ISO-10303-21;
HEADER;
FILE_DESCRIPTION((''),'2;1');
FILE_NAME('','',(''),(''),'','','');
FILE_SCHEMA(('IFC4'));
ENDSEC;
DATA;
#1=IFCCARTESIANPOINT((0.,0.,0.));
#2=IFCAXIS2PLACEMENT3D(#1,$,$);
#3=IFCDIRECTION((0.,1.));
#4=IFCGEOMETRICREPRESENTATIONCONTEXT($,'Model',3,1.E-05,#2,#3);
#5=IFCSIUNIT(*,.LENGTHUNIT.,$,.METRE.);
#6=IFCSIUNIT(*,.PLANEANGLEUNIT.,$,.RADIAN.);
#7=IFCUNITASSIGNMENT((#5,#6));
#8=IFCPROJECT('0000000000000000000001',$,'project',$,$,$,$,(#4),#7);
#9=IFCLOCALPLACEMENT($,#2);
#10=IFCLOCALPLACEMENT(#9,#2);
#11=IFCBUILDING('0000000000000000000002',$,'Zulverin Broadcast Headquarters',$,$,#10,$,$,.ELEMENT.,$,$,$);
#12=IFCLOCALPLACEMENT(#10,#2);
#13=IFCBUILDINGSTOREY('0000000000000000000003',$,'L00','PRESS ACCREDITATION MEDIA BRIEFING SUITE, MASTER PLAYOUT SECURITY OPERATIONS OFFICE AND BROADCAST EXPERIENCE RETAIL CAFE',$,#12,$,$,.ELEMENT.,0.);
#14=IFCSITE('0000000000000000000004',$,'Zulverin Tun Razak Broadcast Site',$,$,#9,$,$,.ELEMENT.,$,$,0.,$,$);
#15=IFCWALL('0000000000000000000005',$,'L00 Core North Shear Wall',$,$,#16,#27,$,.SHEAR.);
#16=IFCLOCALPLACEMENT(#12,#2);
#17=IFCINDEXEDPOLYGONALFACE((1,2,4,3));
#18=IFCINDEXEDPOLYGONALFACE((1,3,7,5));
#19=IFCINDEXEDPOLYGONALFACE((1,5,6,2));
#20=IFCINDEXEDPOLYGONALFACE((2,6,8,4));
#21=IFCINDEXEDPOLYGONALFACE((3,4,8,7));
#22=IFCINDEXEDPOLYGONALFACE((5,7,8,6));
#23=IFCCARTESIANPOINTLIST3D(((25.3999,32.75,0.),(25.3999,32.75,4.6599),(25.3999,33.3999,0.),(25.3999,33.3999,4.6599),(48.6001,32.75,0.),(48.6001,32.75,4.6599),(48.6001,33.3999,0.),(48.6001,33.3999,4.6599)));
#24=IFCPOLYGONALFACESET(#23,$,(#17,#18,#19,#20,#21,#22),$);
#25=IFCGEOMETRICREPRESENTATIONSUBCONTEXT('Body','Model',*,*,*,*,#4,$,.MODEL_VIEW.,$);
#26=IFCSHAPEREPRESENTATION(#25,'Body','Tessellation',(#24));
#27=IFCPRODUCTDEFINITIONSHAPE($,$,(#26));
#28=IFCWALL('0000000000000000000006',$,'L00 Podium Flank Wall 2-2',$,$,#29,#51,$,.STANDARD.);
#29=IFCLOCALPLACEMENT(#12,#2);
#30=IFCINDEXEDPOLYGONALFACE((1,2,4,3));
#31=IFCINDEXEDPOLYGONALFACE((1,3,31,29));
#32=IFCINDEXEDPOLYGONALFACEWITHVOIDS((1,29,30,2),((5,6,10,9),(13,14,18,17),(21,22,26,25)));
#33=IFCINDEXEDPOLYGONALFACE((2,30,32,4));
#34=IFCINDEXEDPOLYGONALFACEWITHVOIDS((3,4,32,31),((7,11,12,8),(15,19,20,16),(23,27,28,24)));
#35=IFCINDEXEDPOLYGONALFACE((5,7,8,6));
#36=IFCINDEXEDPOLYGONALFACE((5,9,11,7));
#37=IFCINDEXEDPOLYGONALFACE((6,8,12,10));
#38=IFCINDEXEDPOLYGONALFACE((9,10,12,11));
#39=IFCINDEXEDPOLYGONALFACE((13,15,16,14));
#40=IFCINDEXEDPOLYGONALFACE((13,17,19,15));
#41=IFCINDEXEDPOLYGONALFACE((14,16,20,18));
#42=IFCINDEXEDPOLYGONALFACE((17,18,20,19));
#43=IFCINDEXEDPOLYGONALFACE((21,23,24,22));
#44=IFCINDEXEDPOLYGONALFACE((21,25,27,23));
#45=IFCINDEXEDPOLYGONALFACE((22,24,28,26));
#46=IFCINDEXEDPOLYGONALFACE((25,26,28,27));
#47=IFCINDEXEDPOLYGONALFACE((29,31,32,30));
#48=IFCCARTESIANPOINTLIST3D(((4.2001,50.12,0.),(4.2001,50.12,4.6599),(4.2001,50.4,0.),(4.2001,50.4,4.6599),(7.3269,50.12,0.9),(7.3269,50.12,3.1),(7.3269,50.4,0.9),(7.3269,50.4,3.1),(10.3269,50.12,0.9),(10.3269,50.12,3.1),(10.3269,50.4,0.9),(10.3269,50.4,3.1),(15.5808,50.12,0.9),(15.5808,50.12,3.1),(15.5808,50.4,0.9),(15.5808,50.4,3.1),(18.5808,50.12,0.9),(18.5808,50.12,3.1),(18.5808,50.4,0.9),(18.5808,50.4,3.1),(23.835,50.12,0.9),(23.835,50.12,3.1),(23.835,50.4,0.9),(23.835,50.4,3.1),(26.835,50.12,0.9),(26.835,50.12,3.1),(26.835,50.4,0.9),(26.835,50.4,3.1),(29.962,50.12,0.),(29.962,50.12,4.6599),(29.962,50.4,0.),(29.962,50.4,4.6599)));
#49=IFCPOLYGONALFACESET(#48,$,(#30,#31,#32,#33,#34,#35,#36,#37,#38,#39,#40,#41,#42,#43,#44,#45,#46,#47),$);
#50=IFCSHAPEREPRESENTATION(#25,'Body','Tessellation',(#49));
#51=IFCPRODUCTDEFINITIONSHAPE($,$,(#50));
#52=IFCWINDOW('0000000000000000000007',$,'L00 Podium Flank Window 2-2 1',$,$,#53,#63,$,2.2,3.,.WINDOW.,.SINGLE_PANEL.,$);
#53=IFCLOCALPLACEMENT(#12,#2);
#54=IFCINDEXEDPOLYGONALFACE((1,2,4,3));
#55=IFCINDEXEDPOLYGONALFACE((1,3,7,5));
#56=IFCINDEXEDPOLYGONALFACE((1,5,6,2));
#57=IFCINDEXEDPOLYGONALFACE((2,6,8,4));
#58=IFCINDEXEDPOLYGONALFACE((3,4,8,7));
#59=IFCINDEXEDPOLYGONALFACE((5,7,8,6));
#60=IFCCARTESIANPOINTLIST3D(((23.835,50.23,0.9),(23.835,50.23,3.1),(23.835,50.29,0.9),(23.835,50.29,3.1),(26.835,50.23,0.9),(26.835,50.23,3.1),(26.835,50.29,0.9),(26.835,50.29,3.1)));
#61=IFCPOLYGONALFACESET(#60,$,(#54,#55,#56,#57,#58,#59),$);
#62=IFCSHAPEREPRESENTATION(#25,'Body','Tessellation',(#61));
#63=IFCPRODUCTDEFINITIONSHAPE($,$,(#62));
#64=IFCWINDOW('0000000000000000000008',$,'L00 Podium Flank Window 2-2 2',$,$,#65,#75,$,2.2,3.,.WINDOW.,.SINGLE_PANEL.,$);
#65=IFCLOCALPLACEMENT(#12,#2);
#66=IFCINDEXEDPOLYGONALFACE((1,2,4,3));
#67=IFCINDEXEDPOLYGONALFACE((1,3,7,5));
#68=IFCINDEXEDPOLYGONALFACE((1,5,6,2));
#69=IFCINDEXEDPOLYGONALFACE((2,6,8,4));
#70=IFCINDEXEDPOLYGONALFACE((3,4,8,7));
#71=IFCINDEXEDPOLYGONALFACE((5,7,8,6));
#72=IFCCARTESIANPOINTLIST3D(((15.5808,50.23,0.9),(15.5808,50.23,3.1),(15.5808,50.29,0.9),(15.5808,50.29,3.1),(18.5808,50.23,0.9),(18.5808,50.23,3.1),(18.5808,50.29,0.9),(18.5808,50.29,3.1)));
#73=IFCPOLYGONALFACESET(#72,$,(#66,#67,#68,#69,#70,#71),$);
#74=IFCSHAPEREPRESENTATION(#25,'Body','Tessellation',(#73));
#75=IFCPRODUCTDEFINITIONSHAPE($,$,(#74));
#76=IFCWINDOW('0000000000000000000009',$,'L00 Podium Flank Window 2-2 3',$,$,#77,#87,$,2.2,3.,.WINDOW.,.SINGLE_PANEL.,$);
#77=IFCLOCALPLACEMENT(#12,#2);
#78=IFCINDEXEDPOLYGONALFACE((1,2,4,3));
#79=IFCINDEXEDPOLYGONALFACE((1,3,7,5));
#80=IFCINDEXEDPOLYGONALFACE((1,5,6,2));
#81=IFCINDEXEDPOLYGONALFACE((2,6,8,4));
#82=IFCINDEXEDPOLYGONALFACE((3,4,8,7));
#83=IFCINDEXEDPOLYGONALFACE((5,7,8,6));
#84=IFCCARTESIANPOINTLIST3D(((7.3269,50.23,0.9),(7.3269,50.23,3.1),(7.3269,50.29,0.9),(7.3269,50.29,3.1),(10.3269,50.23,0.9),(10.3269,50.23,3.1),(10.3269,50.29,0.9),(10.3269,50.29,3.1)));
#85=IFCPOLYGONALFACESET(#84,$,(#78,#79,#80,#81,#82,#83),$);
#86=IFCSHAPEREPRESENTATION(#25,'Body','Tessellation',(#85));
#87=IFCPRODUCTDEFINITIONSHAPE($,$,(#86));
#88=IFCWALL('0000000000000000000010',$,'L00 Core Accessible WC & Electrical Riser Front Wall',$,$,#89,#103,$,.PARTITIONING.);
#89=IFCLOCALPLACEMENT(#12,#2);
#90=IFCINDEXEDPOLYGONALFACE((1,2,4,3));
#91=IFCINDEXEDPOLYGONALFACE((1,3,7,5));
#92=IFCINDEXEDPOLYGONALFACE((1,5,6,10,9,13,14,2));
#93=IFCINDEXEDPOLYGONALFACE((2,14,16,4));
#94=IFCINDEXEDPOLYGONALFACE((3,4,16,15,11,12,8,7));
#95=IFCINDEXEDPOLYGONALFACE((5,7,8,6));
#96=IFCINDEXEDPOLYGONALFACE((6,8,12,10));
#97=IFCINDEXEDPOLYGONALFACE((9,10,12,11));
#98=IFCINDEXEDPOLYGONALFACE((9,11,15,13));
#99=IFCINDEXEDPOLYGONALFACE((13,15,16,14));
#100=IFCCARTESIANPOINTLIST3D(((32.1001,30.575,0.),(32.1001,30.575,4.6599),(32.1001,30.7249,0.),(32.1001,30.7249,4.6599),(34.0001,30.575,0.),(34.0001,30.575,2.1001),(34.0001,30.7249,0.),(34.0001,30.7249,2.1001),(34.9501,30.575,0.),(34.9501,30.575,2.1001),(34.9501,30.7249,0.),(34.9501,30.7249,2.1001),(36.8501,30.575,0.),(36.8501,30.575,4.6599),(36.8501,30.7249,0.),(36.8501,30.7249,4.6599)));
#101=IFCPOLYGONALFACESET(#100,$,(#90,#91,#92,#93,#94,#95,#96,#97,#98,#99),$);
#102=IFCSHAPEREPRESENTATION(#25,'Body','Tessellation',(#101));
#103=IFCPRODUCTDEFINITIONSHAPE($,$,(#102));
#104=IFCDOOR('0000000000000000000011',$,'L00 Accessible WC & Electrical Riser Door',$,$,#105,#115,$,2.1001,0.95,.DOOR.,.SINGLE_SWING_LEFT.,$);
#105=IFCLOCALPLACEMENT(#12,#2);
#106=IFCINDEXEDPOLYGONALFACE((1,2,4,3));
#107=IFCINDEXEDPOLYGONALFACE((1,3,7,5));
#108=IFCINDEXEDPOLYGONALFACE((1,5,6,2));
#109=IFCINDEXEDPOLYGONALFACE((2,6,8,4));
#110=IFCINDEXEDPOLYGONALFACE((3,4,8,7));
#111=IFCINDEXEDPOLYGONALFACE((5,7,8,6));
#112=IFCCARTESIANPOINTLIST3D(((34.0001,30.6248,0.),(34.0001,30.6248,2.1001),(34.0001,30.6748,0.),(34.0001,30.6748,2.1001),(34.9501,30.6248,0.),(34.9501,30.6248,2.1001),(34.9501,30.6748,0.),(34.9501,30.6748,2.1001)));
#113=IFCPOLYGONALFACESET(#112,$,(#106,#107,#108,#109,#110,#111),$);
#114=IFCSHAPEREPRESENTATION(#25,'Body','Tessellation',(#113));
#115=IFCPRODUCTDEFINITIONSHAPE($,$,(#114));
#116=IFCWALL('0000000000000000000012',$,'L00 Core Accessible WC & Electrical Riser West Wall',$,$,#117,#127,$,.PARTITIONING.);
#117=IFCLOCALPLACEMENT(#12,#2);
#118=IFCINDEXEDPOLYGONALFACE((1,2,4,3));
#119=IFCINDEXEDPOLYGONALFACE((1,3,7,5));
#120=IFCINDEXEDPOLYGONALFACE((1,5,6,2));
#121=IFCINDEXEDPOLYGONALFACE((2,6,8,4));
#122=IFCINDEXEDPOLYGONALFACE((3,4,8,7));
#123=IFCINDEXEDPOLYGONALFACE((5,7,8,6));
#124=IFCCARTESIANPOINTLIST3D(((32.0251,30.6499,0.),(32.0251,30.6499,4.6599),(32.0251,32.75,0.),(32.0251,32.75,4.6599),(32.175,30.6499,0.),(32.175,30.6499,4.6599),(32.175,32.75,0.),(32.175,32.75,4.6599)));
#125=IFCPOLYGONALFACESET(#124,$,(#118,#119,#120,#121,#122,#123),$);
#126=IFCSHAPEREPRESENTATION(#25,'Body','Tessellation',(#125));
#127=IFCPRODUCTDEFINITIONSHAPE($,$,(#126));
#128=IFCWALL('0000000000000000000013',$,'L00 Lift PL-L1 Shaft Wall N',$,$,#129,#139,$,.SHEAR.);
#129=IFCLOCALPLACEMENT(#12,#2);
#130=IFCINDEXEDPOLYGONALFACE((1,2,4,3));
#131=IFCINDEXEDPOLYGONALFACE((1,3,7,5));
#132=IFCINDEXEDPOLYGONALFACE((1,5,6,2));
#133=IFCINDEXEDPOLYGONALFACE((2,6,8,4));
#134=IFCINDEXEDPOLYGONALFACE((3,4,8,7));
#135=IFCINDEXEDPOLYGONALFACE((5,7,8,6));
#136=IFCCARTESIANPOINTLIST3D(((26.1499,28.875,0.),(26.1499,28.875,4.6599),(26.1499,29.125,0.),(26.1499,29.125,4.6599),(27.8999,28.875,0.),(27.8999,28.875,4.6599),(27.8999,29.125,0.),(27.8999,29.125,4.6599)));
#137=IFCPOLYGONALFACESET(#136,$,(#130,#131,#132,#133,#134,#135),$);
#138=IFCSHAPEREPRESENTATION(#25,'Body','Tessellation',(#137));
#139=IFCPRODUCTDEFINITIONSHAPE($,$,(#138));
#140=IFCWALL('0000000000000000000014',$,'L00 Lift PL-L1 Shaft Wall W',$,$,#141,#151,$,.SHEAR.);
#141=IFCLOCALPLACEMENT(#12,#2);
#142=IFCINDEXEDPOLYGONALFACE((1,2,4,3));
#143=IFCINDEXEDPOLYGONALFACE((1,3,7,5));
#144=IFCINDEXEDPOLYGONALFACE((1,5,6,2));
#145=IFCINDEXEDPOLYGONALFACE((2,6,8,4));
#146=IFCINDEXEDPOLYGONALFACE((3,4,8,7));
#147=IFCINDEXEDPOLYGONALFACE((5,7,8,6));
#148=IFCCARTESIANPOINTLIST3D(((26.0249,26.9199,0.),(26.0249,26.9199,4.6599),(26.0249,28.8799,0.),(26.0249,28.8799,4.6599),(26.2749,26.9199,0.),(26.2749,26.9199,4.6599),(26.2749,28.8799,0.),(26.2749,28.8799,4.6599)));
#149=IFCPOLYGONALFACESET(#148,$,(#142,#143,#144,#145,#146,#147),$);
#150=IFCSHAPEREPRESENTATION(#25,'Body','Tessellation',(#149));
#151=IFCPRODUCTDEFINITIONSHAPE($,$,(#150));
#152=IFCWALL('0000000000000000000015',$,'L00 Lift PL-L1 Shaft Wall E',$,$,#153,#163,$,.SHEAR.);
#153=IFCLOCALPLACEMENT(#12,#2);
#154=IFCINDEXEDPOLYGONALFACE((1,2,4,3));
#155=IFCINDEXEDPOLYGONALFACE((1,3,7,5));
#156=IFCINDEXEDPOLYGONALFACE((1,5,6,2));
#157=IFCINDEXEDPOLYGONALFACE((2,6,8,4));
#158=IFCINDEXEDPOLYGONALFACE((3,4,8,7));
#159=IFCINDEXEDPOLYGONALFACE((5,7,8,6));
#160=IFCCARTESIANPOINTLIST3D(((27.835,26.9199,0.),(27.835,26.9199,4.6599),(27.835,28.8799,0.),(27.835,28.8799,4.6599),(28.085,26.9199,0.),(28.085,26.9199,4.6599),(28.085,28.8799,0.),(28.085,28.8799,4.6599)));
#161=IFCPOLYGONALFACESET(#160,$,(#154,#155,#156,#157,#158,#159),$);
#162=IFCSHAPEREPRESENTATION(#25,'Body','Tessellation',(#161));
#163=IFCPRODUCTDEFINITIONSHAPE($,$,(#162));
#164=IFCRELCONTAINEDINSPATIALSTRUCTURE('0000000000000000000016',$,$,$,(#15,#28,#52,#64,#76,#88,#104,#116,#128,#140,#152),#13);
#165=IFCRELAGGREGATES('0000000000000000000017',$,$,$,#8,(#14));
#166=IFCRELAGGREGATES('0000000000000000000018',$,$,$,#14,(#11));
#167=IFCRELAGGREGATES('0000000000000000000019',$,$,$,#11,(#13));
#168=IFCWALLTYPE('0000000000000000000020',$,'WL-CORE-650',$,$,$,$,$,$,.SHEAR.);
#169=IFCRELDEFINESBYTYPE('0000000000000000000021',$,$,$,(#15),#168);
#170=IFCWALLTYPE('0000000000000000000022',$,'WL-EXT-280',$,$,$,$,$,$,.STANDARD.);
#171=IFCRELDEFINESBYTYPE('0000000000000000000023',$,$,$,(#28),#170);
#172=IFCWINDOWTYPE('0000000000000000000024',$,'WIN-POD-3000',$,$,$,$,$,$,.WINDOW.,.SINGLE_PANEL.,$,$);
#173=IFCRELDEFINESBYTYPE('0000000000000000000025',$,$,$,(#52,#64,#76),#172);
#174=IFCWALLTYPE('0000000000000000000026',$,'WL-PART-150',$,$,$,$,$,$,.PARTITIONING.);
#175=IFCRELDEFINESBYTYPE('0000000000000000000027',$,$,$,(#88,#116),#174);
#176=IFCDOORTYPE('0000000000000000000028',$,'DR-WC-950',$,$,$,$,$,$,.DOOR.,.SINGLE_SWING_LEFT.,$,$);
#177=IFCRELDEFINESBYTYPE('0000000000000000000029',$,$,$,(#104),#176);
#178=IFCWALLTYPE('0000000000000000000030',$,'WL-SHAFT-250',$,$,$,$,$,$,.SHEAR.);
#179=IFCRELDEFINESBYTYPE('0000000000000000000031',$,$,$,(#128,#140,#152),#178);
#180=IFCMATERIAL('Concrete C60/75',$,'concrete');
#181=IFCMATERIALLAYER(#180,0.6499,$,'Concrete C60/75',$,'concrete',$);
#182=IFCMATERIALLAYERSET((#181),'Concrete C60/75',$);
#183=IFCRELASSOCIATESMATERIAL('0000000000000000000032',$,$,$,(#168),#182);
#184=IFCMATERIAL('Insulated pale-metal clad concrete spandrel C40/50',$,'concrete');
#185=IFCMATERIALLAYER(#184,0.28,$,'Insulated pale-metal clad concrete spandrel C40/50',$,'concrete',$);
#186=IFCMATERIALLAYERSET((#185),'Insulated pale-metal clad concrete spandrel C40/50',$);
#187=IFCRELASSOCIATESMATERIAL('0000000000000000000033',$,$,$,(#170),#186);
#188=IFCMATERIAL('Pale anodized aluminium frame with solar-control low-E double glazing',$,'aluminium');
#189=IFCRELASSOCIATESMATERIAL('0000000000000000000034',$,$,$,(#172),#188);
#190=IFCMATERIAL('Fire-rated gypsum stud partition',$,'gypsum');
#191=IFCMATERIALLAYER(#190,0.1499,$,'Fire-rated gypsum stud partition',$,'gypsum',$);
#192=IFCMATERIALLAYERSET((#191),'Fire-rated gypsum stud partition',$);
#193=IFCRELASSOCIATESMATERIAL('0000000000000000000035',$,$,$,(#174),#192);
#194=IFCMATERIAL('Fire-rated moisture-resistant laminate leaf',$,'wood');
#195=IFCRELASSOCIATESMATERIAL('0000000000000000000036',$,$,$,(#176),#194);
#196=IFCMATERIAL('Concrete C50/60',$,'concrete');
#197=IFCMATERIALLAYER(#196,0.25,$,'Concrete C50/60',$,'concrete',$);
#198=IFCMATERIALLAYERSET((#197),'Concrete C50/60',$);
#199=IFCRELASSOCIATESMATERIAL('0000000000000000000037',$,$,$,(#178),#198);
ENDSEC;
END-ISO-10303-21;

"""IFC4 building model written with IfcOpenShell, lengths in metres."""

from ifc_helpers import new_model, si_unit, direction, frame, frame_2d, origin, place, context, subcontext, project, spatial, rectangle, extrude, material, layer, layer_set, type_object, element, fill, save


model = new_model("IFC4")

# Units and contexts
model_context = context("Model", 3, precision=1e-05, world=origin(), true_north=direction((0.0, 1.0)))
body_context = subcontext(model_context, "Body", "Model", "MODEL_VIEW")
ifc_project = project(units=[si_unit("LENGTHUNIT", "METRE"), si_unit("PLANEANGLEUNIT", "RADIAN")], contexts=[model_context])

# Site, building, storey
site_placement = place(None, origin())
site = spatial("IfcSite", under=ifc_project, at=site_placement, Name="Zulverin Tun Razak Broadcast Site", CompositionType="ELEMENT", RefElevation=0.0)
building_placement = place(site_placement, origin())
building = spatial("IfcBuilding", under=site, at=building_placement, Name="Zulverin Broadcast Headquarters", CompositionType="ELEMENT")
storey_placement = place(building_placement, origin())
storey = spatial("IfcBuildingStorey", under=building, at=storey_placement, Name="L00", Description="PRESS ACCREDITATION MEDIA BRIEFING SUITE, MASTER PLAYOUT SECURITY OPERATIONS OFFICE AND BROADCAST EXPERIENCE RETAIL CAFE", CompositionType="ELEMENT", Elevation=0.0)

# Shared definitions
ifc_material_1 = material(Name="Concrete C60/75", Category="concrete")

# Wall
ifc_layer_1 = layer(ifc_material_1, 0.6499, Name="Concrete C60/75", Category="concrete")
ifc_layer_set_1 = layer_set([ifc_layer_1], Name="Concrete C60/75")
wall_type_1 = type_object("IfcWallType", Name="WL-CORE-650", PredefinedType="SHEAR", material=ifc_layer_set_1)
wall_1_placement = place(storey_placement, frame((25.3999, 33.075, 0.0), z_axis=(0.0, 0.0, 1.0), x_axis=(1.0, 0.0, 0.0)))
element("IfcWall", 1, at=wall_1_placement, inside=storey, type_object=wall_type_1, Name="L00 Core North Shear Wall", PredefinedType="SHEAR", context=body_context, shape_type="SweptSolid", body=[
    extrude(rectangle(XDim=23.2002, YDim=0.6499, at=frame_2d((11.6001, 0.0))), origin(), (0.0, 0.0, 1.0), 4.6599),
])

# Wall, openings, windows
ifc_material_2 = material(Name="Insulated pale-metal clad concrete spandrel C40/50", Category="concrete")
ifc_layer_2 = layer(ifc_material_2, 0.28, Name="Insulated pale-metal clad concrete spandrel C40/50", Category="concrete")
ifc_layer_set_2 = layer_set([ifc_layer_2], Name="Insulated pale-metal clad concrete spandrel C40/50")
wall_type_2 = type_object("IfcWallType", Name="WL-EXT-280", PredefinedType="STANDARD", material=ifc_layer_set_2)
wall_2_placement = place(storey_placement, frame((29.9619, 50.26, 0.0), z_axis=(0.0, 0.0, 1.0), x_axis=(-1.0, 0.0, 0.0)))
wall_2 = element("IfcWall", 2, at=wall_2_placement, inside=storey, type_object=wall_type_2, Name="L00 Podium Flank Wall 2-2", PredefinedType="STANDARD", context=body_context, shape_type="SweptSolid", body=[
    extrude(rectangle(XDim=25.762, YDim=0.28, at=frame_2d((12.8809, 0.0))), origin(), (0.0, 0.0, 1.0), 4.6599),
])
opening_1_placement = place(wall_2_placement, frame((3.127, 0.0, 0.8999)))
opening_1 = element("IfcOpeningElement", 3, at=opening_1_placement, cuts=wall_2, PredefinedType="OPENING", context=body_context, shape_type="SweptSolid", body=[
    extrude(rectangle(XDim=3.0, YDim=2.2, at=frame_2d((1.5, 1.1001))), frame((0.0, 0.1499, 0.0), z_axis=(0.0, -1.0, 0.0), x_axis=(1.0, 0.0, 0.0)), (0.0, 0.0, 1.0), 0.3),
])
opening_2_placement = place(wall_2_placement, frame((11.3811, 0.0, 0.8999)))
opening_2 = element("IfcOpeningElement", 4, at=opening_2_placement, cuts=wall_2, PredefinedType="OPENING", context=body_context, shape_type="SweptSolid", body=[
    extrude(rectangle(XDim=3.0, YDim=2.2, at=frame_2d((1.5, 1.1001))), frame((0.0, 0.1499, 0.0), z_axis=(0.0, -1.0, 0.0), x_axis=(1.0, 0.0, 0.0)), (0.0, 0.0, 1.0), 0.3),
])
opening_3_placement = place(wall_2_placement, frame((19.635, 0.0, 0.8999)))
opening_3 = element("IfcOpeningElement", 5, at=opening_3_placement, cuts=wall_2, PredefinedType="OPENING", context=body_context, shape_type="SweptSolid", body=[
    extrude(rectangle(XDim=3.0, YDim=2.2, at=frame_2d((1.5, 1.1001))), frame((0.0, 0.1499, 0.0), z_axis=(0.0, -1.0, 0.0), x_axis=(1.0, 0.0, 0.0)), (0.0, 0.0, 1.0), 0.3),
])
ifc_material_3 = material(Name="Pale anodized aluminium frame with solar-control low-E double glazing", Category="aluminium")
window_type = type_object("IfcWindowType", Name="WIN-POD-3000", PartitioningType="SINGLE_PANEL", PredefinedType="WINDOW", material=ifc_material_3)
window_1_placement = place(opening_1_placement, origin())
window_1 = element("IfcWindow", 6, at=window_1_placement, inside=storey, type_object=window_type, Name="L00 Podium Flank Window 2-2 1", OverallHeight=2.2, OverallWidth=3.0, PartitioningType="SINGLE_PANEL", PredefinedType="WINDOW", context=body_context, shape_type="SweptSolid", body=[
    extrude(rectangle(XDim=3.0, YDim=2.2, at=frame_2d((1.5, 1.1001))), frame((0.0, 0.03, 0.0), z_axis=(0.0, -1.0, 0.0), x_axis=(1.0, 0.0, 0.0)), (0.0, 0.0, 1.0), 0.0601),
])
fill(opening_1, window_1)
window_2_placement = place(opening_2_placement, origin())
window_2 = element("IfcWindow", 7, at=window_2_placement, inside=storey, type_object=window_type, Name="L00 Podium Flank Window 2-2 2", OverallHeight=2.2, OverallWidth=3.0, PartitioningType="SINGLE_PANEL", PredefinedType="WINDOW", context=body_context, shape_type="SweptSolid", body=[
    extrude(rectangle(XDim=3.0, YDim=2.2, at=frame_2d((1.5, 1.1001))), frame((0.0, 0.03, 0.0), z_axis=(0.0, -1.0, 0.0), x_axis=(1.0, 0.0, 0.0)), (0.0, 0.0, 1.0), 0.0601),
])
fill(opening_2, window_2)
window_3_placement = place(opening_3_placement, origin())
window_3 = element("IfcWindow", 8, at=window_3_placement, inside=storey, type_object=window_type, Name="L00 Podium Flank Window 2-2 3", OverallHeight=2.2, OverallWidth=3.0, PartitioningType="SINGLE_PANEL", PredefinedType="WINDOW", context=body_context, shape_type="SweptSolid", body=[
    extrude(rectangle(XDim=3.0, YDim=2.2, at=frame_2d((1.5, 1.1001))), frame((0.0, 0.03, 0.0), z_axis=(0.0, -1.0, 0.0), x_axis=(1.0, 0.0, 0.0)), (0.0, 0.0, 1.0), 0.0601),
])
fill(opening_3, window_3)

# Wall, opening, door
ifc_material_4 = material(Name="Fire-rated gypsum stud partition", Category="gypsum")
ifc_layer_3 = layer(ifc_material_4, 0.1499, Name="Fire-rated gypsum stud partition", Category="gypsum")
ifc_layer_set_3 = layer_set([ifc_layer_3], Name="Fire-rated gypsum stud partition")
wall_type_3 = type_object("IfcWallType", Name="WL-PART-150", PredefinedType="PARTITIONING", material=ifc_layer_set_3)
wall_3_placement = place(storey_placement, frame((32.1001, 30.6499, 0.0), z_axis=(0.0, 0.0, 1.0), x_axis=(1.0, 0.0, 0.0)))
wall_3 = element("IfcWall", 9, at=wall_3_placement, inside=storey, type_object=wall_type_3, Name="L00 Core Accessible WC & Electrical Riser Front Wall", PredefinedType="PARTITIONING", context=body_context, shape_type="SweptSolid", body=[
    extrude(rectangle(XDim=4.75, YDim=0.1499, at=frame_2d((2.375, 0.0))), origin(), (0.0, 0.0, 1.0), 4.6599),
])
opening_4_placement = place(wall_3_placement, frame((1.8999, 0.0, 0.0)))
opening_4 = element("IfcOpeningElement", 10, at=opening_4_placement, cuts=wall_3, PredefinedType="OPENING", context=body_context, shape_type="SweptSolid", body=[
    extrude(rectangle(XDim=0.95, YDim=2.1001, at=frame_2d((0.4751, 1.05))), frame((0.0, 0.085, 0.0), z_axis=(0.0, -1.0, 0.0), x_axis=(1.0, 0.0, 0.0)), (0.0, 0.0, 1.0), 0.1699),
])
ifc_material_5 = material(Name="Fire-rated moisture-resistant laminate leaf", Category="wood")
door_type_1 = type_object("IfcDoorType", Name="DR-WC-950", OperationType="SINGLE_SWING_LEFT", PredefinedType="DOOR", material=ifc_material_5)
door_1_placement = place(opening_4_placement, origin())
door_1 = element("IfcDoor", 11, at=door_1_placement, inside=storey, type_object=door_type_1, Name="L00 Accessible WC & Electrical Riser Door", OperationType="SINGLE_SWING_LEFT", OverallHeight=2.1001, OverallWidth=0.95, PredefinedType="DOOR", context=body_context, shape_type="SweptSolid", body=[
    extrude(rectangle(XDim=0.95, YDim=2.1001, at=frame_2d((0.4751, 1.05))), frame((0.0, 0.0249, 0.0), z_axis=(0.0, -1.0, 0.0), x_axis=(1.0, 0.0, 0.0)), (0.0, 0.0, 1.0), 0.05),
])
fill(opening_4, door_1)

# Walls
wall_4_placement = place(storey_placement, frame((32.1001, 30.6499, 0.0), z_axis=(0.0, 0.0, 1.0), x_axis=(0.0, 1.0, 0.0)))
element("IfcWall", 12, at=wall_4_placement, inside=storey, type_object=wall_type_3, Name="L00 Core Accessible WC & Electrical Riser West Wall", PredefinedType="PARTITIONING", context=body_context, shape_type="SweptSolid", body=[
    extrude(rectangle(XDim=2.1001, YDim=0.1499, at=frame_2d((1.05, 0.0))), origin(), (0.0, 0.0, 1.0), 4.6599),
])
ifc_material_6 = material(Name="Concrete C50/60", Category="concrete")
ifc_layer_4 = layer(ifc_material_6, 0.25, Name="Concrete C50/60", Category="concrete")
ifc_layer_set_4 = layer_set([ifc_layer_4], Name="Concrete C50/60")
wall_type_4 = type_object("IfcWallType", Name="WL-SHAFT-250", PredefinedType="SHEAR", material=ifc_layer_set_4)
wall_5_placement = place(storey_placement, frame((26.1499, 29.0, 0.0), z_axis=(0.0, 0.0, 1.0), x_axis=(1.0, 0.0, 0.0)))
element("IfcWall", 13, at=wall_5_placement, inside=storey, type_object=wall_type_4, Name="L00 Lift PL-L1 Shaft Wall N", PredefinedType="SHEAR", context=body_context, shape_type="SweptSolid", body=[
    extrude(rectangle(XDim=1.75, YDim=0.25, at=frame_2d((0.875, 0.0))), origin(), (0.0, 0.0, 1.0), 4.6599),
])
for number, where, z_axis, x_axis, name in (
    (14, (26.1499, 26.9199, 0.0), (0.0, 0.0, 1.0), (0.0, 1.0, 0.0), "L00 Lift PL-L1 Shaft Wall W"),
    (15, (27.96, 26.9199, 0.0), (0.0, 0.0, 1.0), (0.0, 1.0, 0.0), "L00 Lift PL-L1 Shaft Wall E"),
):
    element("IfcWall", number, at=place(storey_placement, frame(where, z_axis=z_axis, x_axis=x_axis)), inside=storey, type_object=wall_type_4, Name=name, PredefinedType="SHEAR", context=body_context, shape_type="SweptSolid", body=[
        extrude(rectangle(XDim=1.96, YDim=0.25, at=frame_2d((0.98, 0.0))), origin(), (0.0, 0.0, 1.0), 4.6599),
    ])

save(model, "model.ifc")
